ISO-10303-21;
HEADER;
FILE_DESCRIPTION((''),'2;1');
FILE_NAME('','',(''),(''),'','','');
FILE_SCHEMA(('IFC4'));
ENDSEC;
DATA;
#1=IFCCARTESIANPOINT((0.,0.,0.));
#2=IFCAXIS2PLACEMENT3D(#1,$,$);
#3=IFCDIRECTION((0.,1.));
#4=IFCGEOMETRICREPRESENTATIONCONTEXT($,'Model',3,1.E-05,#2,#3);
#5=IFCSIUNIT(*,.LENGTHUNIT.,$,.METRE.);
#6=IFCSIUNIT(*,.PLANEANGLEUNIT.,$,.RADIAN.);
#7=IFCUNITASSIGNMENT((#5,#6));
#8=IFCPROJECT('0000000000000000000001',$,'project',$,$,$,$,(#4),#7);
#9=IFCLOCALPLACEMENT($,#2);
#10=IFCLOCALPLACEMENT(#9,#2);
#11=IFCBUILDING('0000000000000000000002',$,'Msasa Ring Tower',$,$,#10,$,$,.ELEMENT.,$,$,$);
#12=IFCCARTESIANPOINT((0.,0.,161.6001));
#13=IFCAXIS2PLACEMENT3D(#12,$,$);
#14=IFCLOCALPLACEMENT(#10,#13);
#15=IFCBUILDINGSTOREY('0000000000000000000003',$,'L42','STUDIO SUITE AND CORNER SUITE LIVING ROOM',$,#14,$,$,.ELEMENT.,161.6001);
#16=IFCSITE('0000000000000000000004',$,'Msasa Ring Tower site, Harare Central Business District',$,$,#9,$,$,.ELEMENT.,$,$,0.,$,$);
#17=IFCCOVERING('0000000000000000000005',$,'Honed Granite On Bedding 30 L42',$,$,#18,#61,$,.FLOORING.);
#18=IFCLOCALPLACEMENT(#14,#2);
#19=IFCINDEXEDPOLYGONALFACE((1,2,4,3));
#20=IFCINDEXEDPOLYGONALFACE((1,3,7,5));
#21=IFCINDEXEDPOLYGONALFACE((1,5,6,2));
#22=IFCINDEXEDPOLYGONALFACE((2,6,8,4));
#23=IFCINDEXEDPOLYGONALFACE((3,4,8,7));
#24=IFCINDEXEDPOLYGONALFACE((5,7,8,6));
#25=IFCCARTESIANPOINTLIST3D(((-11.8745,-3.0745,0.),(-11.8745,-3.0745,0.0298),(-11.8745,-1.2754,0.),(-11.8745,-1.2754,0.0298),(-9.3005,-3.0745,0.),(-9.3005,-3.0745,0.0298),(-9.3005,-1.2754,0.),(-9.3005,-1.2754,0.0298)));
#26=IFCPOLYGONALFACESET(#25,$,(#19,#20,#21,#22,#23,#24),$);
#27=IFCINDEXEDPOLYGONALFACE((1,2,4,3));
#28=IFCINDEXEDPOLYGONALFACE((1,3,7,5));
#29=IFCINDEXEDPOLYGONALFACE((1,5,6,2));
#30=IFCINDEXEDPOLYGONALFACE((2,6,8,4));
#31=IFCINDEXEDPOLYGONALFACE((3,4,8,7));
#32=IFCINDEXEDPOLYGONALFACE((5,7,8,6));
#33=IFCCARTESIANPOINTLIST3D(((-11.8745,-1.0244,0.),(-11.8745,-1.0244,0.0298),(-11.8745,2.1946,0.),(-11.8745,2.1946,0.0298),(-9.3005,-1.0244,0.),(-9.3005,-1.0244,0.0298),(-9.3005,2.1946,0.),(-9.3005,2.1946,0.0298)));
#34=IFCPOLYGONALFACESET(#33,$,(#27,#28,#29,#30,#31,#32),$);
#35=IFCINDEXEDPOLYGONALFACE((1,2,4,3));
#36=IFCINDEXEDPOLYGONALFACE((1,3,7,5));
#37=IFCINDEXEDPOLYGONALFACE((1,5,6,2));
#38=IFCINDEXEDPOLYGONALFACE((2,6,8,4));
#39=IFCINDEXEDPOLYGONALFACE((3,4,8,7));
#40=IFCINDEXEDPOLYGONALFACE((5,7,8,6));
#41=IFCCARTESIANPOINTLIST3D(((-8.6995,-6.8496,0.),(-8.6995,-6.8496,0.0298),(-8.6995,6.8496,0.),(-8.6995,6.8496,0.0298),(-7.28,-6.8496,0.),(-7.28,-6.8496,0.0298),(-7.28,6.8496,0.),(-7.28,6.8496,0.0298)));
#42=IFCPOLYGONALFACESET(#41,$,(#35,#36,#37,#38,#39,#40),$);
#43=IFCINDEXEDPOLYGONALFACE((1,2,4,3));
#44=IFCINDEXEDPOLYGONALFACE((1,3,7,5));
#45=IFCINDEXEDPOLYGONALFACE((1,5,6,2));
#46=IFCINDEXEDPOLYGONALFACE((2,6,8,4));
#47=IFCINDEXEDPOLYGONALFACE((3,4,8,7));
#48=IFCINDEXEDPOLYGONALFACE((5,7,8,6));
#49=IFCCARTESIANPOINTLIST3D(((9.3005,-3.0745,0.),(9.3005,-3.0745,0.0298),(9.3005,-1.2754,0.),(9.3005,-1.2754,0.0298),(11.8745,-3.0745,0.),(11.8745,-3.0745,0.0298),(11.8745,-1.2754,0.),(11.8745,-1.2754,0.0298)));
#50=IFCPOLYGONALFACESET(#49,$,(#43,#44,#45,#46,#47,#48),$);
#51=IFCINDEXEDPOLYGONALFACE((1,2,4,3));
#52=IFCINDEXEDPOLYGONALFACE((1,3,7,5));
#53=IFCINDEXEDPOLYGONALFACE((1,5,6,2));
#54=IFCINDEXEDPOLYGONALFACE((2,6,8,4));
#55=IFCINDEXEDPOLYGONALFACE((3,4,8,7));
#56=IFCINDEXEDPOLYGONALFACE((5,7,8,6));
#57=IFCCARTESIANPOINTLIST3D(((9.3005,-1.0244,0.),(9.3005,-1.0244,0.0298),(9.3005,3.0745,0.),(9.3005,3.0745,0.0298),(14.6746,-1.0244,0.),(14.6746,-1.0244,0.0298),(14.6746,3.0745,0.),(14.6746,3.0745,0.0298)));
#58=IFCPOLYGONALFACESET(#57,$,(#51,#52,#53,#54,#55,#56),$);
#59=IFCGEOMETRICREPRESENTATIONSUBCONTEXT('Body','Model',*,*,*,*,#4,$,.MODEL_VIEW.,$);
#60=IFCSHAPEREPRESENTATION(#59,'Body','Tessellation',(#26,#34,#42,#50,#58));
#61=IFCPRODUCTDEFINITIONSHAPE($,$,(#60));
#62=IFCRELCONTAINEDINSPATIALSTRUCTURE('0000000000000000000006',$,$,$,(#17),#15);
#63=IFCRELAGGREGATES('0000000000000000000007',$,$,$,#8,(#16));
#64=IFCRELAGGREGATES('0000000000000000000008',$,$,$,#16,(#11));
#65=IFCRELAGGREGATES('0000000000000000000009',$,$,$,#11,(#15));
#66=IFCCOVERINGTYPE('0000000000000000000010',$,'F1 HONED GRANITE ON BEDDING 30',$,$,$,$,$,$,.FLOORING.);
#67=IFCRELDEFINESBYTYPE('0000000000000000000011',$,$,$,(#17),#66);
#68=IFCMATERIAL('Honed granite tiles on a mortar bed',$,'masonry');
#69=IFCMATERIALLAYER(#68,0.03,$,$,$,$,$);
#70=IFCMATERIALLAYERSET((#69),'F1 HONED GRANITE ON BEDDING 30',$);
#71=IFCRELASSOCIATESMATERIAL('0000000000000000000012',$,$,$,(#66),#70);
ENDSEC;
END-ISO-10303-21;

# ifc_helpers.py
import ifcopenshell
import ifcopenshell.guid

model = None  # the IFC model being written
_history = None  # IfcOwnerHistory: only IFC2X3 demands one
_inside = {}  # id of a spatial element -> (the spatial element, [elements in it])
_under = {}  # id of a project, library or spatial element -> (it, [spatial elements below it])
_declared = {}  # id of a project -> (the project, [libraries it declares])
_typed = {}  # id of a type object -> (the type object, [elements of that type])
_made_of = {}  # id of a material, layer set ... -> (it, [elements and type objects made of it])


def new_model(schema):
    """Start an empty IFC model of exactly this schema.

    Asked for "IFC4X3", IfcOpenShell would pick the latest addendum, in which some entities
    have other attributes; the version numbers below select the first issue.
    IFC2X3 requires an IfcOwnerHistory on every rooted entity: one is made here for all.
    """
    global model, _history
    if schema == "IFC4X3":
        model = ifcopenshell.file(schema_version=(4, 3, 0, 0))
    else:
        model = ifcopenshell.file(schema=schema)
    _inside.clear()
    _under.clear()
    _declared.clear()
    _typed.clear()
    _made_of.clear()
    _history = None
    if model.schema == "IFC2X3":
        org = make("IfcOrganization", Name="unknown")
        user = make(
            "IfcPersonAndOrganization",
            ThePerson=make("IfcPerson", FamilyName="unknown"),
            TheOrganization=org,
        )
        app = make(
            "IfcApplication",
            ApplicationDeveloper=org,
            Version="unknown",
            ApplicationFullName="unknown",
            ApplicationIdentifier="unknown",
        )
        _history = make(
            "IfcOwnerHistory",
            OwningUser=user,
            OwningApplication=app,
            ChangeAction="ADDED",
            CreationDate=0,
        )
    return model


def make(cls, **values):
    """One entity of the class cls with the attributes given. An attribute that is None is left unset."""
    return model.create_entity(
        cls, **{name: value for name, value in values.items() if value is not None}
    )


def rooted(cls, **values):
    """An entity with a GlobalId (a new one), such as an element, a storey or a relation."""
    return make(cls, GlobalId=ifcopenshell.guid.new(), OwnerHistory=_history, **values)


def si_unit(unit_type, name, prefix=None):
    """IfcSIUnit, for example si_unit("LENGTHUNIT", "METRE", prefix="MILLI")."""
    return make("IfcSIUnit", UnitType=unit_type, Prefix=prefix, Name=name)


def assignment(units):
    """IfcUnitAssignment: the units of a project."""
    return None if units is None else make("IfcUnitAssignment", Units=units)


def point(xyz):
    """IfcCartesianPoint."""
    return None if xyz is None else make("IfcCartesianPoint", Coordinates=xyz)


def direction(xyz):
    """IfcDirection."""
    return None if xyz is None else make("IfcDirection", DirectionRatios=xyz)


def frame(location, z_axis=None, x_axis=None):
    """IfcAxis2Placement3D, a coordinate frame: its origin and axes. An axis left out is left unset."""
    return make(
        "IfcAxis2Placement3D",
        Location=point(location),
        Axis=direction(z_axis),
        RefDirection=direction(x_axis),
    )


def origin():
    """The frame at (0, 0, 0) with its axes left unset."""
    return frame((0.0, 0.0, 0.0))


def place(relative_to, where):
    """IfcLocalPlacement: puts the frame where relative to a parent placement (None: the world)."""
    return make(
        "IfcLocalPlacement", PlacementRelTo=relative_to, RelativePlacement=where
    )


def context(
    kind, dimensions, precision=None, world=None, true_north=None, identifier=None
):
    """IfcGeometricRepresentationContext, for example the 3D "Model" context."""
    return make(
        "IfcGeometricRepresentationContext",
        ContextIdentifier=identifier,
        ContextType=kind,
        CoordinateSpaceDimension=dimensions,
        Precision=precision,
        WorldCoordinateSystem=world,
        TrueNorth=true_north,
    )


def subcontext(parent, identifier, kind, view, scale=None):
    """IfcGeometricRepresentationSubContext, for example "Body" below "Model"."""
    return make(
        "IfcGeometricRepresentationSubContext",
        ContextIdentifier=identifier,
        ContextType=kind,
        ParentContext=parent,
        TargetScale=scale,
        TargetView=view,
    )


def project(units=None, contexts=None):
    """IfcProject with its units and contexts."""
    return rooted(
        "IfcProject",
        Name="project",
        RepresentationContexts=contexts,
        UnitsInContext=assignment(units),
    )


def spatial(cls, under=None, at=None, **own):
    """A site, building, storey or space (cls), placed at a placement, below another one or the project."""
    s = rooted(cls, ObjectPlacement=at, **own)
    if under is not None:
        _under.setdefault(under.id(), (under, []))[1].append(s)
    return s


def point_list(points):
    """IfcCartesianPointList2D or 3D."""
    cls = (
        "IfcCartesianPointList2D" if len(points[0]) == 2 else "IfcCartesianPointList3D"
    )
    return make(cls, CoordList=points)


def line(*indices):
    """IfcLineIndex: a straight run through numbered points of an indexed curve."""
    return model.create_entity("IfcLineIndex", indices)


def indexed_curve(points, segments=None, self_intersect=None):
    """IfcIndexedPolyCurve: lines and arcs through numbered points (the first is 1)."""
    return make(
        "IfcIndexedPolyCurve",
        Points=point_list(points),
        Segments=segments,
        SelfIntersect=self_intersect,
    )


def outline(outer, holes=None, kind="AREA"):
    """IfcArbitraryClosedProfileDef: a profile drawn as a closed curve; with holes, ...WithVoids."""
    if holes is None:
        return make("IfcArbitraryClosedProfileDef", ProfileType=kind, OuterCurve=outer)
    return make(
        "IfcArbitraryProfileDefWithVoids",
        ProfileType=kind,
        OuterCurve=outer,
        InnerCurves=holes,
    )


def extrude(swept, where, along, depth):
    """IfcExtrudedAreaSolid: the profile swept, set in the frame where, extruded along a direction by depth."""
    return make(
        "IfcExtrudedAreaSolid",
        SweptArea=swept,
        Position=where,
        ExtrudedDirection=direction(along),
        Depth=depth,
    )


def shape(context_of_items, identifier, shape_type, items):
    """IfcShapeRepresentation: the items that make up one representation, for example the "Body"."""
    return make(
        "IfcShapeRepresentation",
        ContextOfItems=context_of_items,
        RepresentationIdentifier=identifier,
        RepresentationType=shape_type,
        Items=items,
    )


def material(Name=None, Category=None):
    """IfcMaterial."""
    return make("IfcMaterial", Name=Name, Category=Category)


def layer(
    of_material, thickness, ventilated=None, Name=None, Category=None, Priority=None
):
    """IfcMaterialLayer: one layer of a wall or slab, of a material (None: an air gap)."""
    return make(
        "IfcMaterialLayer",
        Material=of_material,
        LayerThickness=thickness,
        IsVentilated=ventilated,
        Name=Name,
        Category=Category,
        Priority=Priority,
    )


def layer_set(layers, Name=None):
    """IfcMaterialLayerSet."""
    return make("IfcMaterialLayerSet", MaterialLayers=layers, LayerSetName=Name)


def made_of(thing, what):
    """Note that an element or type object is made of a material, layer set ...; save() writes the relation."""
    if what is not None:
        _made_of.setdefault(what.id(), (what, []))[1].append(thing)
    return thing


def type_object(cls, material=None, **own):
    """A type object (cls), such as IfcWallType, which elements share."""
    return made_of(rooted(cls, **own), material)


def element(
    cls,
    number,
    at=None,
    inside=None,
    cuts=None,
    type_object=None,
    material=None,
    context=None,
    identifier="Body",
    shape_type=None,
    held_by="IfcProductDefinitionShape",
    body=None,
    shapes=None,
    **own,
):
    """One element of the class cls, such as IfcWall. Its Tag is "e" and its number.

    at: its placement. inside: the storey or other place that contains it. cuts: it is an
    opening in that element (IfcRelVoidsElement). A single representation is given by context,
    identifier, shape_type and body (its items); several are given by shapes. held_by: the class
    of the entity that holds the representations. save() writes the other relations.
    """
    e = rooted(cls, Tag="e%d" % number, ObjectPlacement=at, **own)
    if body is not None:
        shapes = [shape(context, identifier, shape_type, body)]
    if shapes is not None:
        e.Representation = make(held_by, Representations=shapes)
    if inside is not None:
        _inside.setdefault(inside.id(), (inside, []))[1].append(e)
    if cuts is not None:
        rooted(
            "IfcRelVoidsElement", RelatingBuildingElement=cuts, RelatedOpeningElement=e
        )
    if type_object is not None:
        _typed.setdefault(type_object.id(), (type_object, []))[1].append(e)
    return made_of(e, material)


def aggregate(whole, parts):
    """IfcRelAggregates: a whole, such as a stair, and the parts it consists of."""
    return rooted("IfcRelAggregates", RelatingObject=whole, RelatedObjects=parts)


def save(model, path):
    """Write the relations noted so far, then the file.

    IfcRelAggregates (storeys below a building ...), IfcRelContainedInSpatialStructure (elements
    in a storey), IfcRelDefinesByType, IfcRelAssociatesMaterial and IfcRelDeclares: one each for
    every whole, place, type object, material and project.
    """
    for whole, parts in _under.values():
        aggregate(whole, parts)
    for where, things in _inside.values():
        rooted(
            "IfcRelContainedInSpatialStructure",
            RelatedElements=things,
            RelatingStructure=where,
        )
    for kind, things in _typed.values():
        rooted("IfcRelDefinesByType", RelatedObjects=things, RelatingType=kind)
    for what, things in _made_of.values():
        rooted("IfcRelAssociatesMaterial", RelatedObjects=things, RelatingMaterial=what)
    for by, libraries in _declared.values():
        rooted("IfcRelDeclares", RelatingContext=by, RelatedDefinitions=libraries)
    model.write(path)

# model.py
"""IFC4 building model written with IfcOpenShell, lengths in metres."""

from ifc_helpers import new_model, si_unit, direction, frame, origin, place, context, subcontext, project, spatial, line, indexed_curve, outline, extrude, material, layer, layer_set, type_object, element, save


model = new_model("IFC4")

# Units and contexts
model_context = context("Model", 3, precision=1e-05, world=origin(), true_north=direction((0.0, 1.0)))
body_context = subcontext(model_context, "Body", "Model", "MODEL_VIEW")
ifc_project = project(units=[si_unit("LENGTHUNIT", "METRE"), si_unit("PLANEANGLEUNIT", "RADIAN")], contexts=[model_context])

# Site, building, storey
site_placement = place(None, origin())
site = spatial("IfcSite", under=ifc_project, at=site_placement, Name="Msasa Ring Tower site, Harare Central Business District", CompositionType="ELEMENT", RefElevation=0.0)
building_placement = place(site_placement, origin())
building = spatial("IfcBuilding", under=site, at=building_placement, Name="Msasa Ring Tower", CompositionType="ELEMENT")
storey_placement = place(building_placement, frame((0.0, 0.0, 161.6001)))
storey = spatial("IfcBuildingStorey", under=building, at=storey_placement, Name="L42", Description="STUDIO SUITE AND CORNER SUITE LIVING ROOM", CompositionType="ELEMENT", Elevation=161.6001)

# Covering
ifc_material_1 = material(Name="Honed granite tiles on a mortar bed", Category="masonry")
ifc_layer_1 = layer(ifc_material_1, 0.03)
ifc_layer_set_1 = layer_set([ifc_layer_1], Name="F1 HONED GRANITE ON BEDDING 30")
covering_type_1 = type_object("IfcCoveringType", Name="F1 HONED GRANITE ON BEDDING 30", PredefinedType="FLOORING", material=ifc_layer_set_1)
covering_1_placement = place(storey_placement, origin())
element("IfcCovering", 1, at=covering_1_placement, inside=storey, type_object=covering_type_1, Name="Honed Granite On Bedding 30 L42", PredefinedType="FLOORING", context=body_context, shape_type="SweptSolid", body=[
    extrude(outline(indexed_curve([(-11.8745, -3.0745), (-11.8745, -1.2754), (-9.3005, -1.2754), (-9.3005, -3.0745)], segments=[line(1, 2, 3, 4, 1)], self_intersect=False)), origin(), (0.0, 0.0, 1.0), 0.0298),
    extrude(outline(indexed_curve([(-11.8745, 2.1946), (-9.3005, 2.1946), (-9.3005, -1.0244), (-11.8745, -1.0244)], segments=[line(1, 2, 3, 4, 1)], self_intersect=False)), origin(), (0.0, 0.0, 1.0), 0.0298),
    extrude(outline(indexed_curve([(-8.6995, -6.8496), (-8.6995, 6.8496), (-7.28, 6.8496), (-7.28, -6.8496)], segments=[line(1, 2, 3, 4, 1)], self_intersect=False)), origin(), (0.0, 0.0, 1.0), 0.0298),
    extrude(outline(indexed_curve([(9.3005, -3.0745), (9.3005, -1.2754), (11.8745, -1.2754), (11.8745, -3.0745)], segments=[line(1, 2, 3, 4, 1)], self_intersect=False)), origin(), (0.0, 0.0, 1.0), 0.0298),
    extrude(outline(indexed_curve([(9.3005, 3.0745), (14.6746, 3.0745), (14.6746, -1.0244), (9.3005, -1.0244)], segments=[line(1, 2, 3, 4, 1)], self_intersect=False)), origin(), (0.0, 0.0, 1.0), 0.0298),
])

save(model, "model.ifc")
